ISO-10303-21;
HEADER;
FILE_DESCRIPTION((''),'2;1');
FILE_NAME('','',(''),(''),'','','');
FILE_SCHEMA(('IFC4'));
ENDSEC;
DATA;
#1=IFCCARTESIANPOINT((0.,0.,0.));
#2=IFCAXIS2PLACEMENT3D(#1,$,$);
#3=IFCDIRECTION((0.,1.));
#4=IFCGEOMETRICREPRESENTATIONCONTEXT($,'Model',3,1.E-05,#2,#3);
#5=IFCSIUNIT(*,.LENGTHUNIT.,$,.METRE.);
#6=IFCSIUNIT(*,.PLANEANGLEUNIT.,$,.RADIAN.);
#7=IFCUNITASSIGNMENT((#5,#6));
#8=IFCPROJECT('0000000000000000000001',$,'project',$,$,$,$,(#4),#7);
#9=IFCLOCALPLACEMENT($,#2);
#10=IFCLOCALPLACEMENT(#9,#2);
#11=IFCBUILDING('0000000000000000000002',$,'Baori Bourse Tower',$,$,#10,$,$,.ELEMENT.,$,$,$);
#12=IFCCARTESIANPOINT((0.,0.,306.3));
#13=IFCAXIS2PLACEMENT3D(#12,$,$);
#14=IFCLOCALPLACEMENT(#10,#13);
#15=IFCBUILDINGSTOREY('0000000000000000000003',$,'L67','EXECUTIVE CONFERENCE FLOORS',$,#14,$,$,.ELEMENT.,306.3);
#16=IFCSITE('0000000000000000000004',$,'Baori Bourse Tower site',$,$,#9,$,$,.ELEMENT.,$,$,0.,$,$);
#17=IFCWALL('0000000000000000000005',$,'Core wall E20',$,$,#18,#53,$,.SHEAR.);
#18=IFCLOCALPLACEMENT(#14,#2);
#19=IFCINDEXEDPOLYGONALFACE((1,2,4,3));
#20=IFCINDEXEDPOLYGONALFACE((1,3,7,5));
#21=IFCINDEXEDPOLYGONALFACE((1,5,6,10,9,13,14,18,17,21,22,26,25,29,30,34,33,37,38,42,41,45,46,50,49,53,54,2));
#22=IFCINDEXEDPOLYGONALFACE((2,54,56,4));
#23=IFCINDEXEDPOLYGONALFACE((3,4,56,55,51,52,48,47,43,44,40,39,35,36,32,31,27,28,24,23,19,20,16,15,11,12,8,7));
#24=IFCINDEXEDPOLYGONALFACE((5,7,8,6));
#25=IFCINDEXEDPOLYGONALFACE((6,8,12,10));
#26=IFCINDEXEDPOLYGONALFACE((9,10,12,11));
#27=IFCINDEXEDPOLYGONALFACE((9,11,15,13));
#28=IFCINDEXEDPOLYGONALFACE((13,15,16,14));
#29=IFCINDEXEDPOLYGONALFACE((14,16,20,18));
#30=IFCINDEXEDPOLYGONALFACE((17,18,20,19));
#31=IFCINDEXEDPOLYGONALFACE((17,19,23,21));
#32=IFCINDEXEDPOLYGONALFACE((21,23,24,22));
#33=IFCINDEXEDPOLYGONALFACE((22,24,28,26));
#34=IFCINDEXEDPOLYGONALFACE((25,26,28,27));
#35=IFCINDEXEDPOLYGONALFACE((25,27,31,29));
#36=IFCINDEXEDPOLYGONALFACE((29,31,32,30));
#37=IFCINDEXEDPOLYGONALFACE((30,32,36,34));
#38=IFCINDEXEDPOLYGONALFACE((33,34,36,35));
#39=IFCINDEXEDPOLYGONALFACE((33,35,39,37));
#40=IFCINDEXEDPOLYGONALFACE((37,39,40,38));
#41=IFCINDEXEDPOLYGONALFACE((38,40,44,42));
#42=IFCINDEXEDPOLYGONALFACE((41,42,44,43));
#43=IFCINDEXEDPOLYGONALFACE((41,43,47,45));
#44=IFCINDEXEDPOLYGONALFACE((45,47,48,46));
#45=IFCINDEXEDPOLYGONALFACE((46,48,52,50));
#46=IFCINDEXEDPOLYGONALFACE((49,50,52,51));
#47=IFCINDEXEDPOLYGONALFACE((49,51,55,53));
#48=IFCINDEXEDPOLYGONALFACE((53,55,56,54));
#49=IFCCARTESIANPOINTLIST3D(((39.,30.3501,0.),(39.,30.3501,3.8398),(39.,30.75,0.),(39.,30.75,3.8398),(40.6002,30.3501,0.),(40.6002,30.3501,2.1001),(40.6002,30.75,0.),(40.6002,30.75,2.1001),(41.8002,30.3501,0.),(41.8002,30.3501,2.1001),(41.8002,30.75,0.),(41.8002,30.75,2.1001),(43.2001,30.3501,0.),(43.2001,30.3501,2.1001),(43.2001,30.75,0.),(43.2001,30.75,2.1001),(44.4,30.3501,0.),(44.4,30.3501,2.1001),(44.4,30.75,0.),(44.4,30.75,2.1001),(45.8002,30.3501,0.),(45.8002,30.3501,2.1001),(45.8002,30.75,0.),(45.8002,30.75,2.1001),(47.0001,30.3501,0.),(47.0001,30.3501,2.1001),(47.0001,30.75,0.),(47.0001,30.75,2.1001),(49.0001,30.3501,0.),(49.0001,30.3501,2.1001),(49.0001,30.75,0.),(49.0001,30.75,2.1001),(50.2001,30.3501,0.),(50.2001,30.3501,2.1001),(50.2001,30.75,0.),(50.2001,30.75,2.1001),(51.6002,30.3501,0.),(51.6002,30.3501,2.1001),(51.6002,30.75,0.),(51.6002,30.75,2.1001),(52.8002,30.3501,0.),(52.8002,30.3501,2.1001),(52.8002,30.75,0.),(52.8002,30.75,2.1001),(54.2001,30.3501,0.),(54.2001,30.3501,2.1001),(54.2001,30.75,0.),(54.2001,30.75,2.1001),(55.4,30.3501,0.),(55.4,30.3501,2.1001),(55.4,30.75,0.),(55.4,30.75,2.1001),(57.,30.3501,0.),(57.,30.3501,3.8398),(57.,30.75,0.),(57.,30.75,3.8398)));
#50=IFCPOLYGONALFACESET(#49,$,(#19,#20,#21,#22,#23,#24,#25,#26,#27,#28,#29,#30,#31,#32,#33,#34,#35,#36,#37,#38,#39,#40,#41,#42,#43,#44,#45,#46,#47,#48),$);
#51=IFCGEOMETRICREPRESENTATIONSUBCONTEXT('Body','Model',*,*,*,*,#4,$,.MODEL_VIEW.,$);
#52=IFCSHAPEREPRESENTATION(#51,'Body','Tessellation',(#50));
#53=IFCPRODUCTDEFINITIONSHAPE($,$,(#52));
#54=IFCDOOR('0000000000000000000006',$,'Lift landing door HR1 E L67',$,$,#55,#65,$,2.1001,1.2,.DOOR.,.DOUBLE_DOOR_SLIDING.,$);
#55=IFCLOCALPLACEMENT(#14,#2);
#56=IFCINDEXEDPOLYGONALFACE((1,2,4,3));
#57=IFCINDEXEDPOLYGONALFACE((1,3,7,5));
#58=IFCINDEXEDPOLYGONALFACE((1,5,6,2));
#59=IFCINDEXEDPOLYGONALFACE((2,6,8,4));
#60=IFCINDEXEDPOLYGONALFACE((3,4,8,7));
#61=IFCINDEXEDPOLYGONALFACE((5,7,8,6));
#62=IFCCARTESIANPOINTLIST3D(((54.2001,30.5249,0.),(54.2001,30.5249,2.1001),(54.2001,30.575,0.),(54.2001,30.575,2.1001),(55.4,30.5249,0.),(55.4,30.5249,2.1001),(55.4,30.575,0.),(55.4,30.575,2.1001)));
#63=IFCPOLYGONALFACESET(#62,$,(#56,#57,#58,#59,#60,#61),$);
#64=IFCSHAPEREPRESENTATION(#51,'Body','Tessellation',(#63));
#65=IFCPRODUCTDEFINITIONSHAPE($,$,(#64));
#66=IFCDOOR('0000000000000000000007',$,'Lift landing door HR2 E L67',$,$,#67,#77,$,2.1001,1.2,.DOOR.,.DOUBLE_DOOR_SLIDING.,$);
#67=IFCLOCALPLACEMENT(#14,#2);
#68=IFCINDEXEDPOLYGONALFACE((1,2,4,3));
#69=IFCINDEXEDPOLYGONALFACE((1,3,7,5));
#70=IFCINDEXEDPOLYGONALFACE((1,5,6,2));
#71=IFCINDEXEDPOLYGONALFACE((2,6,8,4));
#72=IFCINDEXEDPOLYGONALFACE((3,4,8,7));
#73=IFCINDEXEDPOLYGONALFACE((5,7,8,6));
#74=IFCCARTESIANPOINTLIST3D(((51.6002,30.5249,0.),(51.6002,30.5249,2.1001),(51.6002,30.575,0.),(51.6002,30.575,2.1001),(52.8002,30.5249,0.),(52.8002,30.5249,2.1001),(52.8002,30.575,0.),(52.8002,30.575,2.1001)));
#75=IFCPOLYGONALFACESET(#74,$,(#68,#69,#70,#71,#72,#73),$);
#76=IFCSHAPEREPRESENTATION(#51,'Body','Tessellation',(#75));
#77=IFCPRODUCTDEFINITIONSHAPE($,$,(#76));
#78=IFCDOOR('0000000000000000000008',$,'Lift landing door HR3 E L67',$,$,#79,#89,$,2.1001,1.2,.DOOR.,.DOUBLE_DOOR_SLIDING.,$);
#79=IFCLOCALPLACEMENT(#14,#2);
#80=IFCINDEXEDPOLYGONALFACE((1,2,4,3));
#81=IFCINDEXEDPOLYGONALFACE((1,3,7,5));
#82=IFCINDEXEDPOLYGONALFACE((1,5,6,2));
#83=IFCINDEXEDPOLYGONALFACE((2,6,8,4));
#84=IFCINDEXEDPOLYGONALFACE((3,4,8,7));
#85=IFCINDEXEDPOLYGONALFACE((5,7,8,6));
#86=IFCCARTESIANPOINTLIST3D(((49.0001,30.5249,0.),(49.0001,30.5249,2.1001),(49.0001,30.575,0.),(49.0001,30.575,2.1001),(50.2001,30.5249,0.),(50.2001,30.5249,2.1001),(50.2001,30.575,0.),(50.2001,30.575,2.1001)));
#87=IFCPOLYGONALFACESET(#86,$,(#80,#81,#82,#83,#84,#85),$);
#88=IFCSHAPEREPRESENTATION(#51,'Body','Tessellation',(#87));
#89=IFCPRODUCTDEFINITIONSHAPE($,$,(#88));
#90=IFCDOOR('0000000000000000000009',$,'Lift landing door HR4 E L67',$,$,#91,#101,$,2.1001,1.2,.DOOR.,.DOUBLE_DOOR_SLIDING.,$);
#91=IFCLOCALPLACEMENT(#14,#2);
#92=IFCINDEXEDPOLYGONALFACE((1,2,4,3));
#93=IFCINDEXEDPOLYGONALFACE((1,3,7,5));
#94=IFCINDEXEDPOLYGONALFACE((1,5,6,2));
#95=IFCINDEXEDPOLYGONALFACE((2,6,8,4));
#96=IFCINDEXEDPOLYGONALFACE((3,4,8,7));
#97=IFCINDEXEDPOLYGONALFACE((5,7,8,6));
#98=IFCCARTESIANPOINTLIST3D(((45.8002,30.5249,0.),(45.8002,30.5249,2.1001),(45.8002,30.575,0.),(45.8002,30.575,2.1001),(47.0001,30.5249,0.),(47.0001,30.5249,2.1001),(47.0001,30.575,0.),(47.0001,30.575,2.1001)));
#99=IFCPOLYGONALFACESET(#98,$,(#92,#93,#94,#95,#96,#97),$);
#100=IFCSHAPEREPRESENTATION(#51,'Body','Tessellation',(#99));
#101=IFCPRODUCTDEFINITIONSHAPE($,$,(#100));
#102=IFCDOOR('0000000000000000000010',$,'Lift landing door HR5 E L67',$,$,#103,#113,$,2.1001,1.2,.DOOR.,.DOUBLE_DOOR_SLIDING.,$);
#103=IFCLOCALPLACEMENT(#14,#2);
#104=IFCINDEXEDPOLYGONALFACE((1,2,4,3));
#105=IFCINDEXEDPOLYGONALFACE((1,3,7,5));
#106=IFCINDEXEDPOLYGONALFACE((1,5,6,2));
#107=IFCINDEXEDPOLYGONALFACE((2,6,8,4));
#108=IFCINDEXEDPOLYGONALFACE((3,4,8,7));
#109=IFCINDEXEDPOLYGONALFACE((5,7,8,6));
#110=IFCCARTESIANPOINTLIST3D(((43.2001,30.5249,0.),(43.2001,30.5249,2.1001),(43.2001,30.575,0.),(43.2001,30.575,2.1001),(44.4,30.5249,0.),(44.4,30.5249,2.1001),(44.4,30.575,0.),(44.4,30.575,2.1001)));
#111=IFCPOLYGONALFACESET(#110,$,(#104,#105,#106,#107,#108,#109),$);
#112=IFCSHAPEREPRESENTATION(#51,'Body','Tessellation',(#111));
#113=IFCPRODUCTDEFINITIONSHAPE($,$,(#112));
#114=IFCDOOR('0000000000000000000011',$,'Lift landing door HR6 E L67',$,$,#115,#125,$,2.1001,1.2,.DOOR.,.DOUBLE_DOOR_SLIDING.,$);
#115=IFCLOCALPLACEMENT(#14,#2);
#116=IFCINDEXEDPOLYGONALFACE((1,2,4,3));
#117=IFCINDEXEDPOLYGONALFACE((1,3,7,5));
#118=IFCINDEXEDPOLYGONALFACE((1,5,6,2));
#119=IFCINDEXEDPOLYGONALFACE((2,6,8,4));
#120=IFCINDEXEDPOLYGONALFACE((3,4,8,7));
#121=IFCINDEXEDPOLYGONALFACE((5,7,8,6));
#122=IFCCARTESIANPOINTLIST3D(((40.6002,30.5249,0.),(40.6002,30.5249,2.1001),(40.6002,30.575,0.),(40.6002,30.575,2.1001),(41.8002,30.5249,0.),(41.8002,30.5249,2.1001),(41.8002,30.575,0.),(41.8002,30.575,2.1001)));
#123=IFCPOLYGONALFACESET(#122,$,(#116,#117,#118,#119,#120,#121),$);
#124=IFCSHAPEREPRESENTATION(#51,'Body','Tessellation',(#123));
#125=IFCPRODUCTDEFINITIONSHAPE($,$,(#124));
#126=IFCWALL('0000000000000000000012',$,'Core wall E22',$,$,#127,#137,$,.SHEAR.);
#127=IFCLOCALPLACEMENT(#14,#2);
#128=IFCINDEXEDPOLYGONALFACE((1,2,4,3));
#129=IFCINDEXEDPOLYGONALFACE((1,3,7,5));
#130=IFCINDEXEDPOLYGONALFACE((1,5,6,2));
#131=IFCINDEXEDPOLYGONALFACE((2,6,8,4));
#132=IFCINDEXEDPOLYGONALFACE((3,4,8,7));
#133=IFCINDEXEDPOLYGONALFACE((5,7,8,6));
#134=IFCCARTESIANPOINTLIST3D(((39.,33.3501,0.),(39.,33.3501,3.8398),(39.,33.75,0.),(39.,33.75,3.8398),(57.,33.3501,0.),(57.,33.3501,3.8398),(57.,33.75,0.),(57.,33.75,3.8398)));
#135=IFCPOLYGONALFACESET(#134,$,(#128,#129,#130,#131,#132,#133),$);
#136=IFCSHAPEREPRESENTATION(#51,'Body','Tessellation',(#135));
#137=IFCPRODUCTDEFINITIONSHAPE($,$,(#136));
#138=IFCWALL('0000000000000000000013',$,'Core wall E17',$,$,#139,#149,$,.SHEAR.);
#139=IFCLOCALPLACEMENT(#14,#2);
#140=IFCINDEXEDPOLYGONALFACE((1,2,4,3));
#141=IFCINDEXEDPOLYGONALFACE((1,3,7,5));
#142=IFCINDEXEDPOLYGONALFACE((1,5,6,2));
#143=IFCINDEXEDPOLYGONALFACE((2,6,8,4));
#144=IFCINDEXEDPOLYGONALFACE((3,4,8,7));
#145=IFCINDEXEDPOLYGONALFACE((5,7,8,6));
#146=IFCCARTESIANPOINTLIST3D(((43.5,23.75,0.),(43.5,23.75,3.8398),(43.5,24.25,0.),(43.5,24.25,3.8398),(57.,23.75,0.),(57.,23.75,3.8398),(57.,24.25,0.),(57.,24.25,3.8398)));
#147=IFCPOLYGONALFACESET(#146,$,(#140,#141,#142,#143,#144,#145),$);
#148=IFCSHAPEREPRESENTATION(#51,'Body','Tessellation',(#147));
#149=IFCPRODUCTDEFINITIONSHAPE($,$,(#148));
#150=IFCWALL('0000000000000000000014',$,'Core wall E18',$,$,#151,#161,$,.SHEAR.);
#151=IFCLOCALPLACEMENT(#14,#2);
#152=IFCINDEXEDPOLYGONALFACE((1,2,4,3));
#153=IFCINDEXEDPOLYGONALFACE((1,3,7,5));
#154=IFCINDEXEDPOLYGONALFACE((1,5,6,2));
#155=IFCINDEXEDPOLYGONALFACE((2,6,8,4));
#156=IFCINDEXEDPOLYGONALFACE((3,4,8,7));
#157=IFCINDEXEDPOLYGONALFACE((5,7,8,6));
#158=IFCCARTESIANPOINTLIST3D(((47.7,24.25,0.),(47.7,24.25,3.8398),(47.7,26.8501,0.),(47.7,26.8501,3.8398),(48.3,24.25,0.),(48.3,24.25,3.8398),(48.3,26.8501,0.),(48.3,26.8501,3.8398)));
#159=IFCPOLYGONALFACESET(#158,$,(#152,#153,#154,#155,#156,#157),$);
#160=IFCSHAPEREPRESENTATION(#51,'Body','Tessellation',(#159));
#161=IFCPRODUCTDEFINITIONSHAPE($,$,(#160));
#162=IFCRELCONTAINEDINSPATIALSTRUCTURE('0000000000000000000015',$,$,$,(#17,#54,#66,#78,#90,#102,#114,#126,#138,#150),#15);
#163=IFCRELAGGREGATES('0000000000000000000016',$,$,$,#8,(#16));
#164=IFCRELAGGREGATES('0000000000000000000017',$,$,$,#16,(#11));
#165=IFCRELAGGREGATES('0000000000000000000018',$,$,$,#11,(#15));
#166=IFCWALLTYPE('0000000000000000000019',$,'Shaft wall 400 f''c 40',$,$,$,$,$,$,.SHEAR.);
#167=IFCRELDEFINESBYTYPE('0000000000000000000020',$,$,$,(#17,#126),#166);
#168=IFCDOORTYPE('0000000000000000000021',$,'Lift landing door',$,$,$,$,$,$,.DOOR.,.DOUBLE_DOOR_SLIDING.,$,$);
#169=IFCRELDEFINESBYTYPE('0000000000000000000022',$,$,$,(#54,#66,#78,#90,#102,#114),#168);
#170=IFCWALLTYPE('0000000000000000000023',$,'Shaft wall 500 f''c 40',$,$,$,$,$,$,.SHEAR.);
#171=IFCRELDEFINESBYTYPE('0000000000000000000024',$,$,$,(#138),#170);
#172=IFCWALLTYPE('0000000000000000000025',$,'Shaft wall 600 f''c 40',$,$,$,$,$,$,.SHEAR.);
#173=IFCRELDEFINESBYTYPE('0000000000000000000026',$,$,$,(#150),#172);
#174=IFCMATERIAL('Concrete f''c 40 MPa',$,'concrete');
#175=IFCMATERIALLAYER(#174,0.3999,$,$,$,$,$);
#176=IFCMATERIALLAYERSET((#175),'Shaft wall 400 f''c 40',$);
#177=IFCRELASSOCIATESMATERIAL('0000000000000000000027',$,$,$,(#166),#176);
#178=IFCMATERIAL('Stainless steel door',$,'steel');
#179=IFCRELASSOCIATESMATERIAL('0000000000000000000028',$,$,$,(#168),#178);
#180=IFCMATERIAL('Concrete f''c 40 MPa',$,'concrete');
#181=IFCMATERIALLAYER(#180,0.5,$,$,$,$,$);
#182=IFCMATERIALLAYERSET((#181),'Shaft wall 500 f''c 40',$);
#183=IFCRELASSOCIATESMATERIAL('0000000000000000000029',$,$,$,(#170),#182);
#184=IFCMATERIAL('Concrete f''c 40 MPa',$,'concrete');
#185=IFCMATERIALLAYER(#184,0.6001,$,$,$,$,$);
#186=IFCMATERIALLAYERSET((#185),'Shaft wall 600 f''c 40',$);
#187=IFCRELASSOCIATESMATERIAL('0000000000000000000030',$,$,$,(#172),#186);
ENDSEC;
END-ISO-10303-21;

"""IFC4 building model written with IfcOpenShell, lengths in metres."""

from ifc_helpers import new_model, si_unit, direction, frame, frame_2d, origin, place, context, subcontext, project, spatial, rectangle, extrude, material, layer, layer_set, type_object, element, fill, save


model = new_model("IFC4")

# Units and contexts
model_context = context("Model", 3, precision=1e-05, world=origin(), true_north=direction((0.0, 1.0)))
body_context = subcontext(model_context, "Body", "Model", "MODEL_VIEW")
ifc_project = project(units=[si_unit("LENGTHUNIT", "METRE"), si_unit("PLANEANGLEUNIT", "RADIAN")], contexts=[model_context])

# Site, building, storey
site_placement = place(None, origin())
site = spatial("IfcSite", under=ifc_project, at=site_placement, Name="Baori Bourse Tower site", CompositionType="ELEMENT", RefElevation=0.0)
building_placement = place(site_placement, origin())
building = spatial("IfcBuilding", under=site, at=building_placement, Name="Baori Bourse Tower", CompositionType="ELEMENT")
storey_placement = place(building_placement, frame((0.0, 0.0, 306.3)))
storey = spatial("IfcBuildingStorey", under=building, at=storey_placement, Name="L67", Description="EXECUTIVE CONFERENCE FLOORS", CompositionType="ELEMENT", Elevation=306.3)

# Shared definitions
ifc_material_1 = material(Name="Concrete f'c 40 MPa", Category="concrete")
ifc_layer_1 = layer(ifc_material_1, 0.3999)
ifc_layer_set_1 = layer_set([ifc_layer_1], Name="Shaft wall 400 f'c 40")
wall_type_1 = type_object("IfcWallType", Name="Shaft wall 400 f'c 40", PredefinedType="SHEAR", material=ifc_layer_set_1)
ifc_material_2 = material(Name="Stainless steel door", Category="steel")
door_type_1 = type_object("IfcDoorType", Name="Lift landing door", OperationType="DOUBLE_DOOR_SLIDING", PredefinedType="DOOR", material=ifc_material_2)

# Wall, openings, doors
wall_1_placement = place(storey_placement, frame((39.0, 30.55, 0.0), z_axis=(0.0, 0.0, 1.0), x_axis=(1.0, 0.0, 0.0)))
wall_1 = element("IfcWall", 1, at=wall_1_placement, inside=storey, type_object=wall_type_1, Name="Core wall E20", PredefinedType="SHEAR", context=body_context, shape_type="SweptSolid", body=[
    extrude(rectangle(XDim=18.0, YDim=0.3999, at=frame_2d((9.0, 0.0))), origin(), (0.0, 0.0, 1.0), 3.8398),
])
opening_1_placement = place(wall_1_placement, frame((15.2, 0.0, 0.0)))
opening_1 = element("IfcOpeningElement", 2, at=opening_1_placement, cuts=wall_1, PredefinedType="OPENING", context=body_context, shape_type="SweptSolid", body=[
    extrude(rectangle(XDim=1.2, YDim=2.1001, at=frame_2d((0.6001, 1.05))), frame((0.0, 0.21, 0.0), z_axis=(0.0, -1.0, 0.0), x_axis=(1.0, 0.0, 0.0)), (0.0, 0.0, 1.0), 0.4199),
])
opening_2_placement = place(wall_1_placement, frame((12.6001, 0.0, 0.0)))
opening_2 = element("IfcOpeningElement", 3, at=opening_2_placement, cuts=wall_1, PredefinedType="OPENING", context=body_context, shape_type="SweptSolid", body=[
    extrude(rectangle(XDim=1.2, YDim=2.1001, at=frame_2d((0.6001, 1.05))), frame((0.0, 0.21, 0.0), z_axis=(0.0, -1.0, 0.0), x_axis=(1.0, 0.0, 0.0)), (0.0, 0.0, 1.0), 0.4199),
])
opening_3_placement = place(wall_1_placement, frame((10.0, 0.0, 0.0)))
opening_3 = element("IfcOpeningElement", 4, at=opening_3_placement, cuts=wall_1, PredefinedType="OPENING", context=body_context, shape_type="SweptSolid", body=[
    extrude(rectangle(XDim=1.2, YDim=2.1001, at=frame_2d((0.6001, 1.05))), frame((0.0, 0.21, 0.0), z_axis=(0.0, -1.0, 0.0), x_axis=(1.0, 0.0, 0.0)), (0.0, 0.0, 1.0), 0.4199),
])
opening_4_placement = place(wall_1_placement, frame((6.8, 0.0, 0.0)))
opening_4 = element("IfcOpeningElement", 5, at=opening_4_placement, cuts=wall_1, PredefinedType="OPENING", context=body_context, shape_type="SweptSolid", body=[
    extrude(rectangle(XDim=1.2, YDim=2.1001, at=frame_2d((0.6001, 1.05))), frame((0.0, 0.21, 0.0), z_axis=(0.0, -1.0, 0.0), x_axis=(1.0, 0.0, 0.0)), (0.0, 0.0, 1.0), 0.4199),
])
opening_5_placement = place(wall_1_placement, frame((4.2, 0.0, 0.0)))
opening_5 = element("IfcOpeningElement", 6, at=opening_5_placement, cuts=wall_1, PredefinedType="OPENING", context=body_context, shape_type="SweptSolid", body=[
    extrude(rectangle(XDim=1.2, YDim=2.1001, at=frame_2d((0.6001, 1.05))), frame((0.0, 0.21, 0.0), z_axis=(0.0, -1.0, 0.0), x_axis=(1.0, 0.0, 0.0)), (0.0, 0.0, 1.0), 0.4199),
])
opening_6_placement = place(wall_1_placement, frame((1.6001, 0.0, 0.0)))
opening_6 = element("IfcOpeningElement", 7, at=opening_6_placement, cuts=wall_1, PredefinedType="OPENING", context=body_context, shape_type="SweptSolid", body=[
    extrude(rectangle(XDim=1.2, YDim=2.1001, at=frame_2d((0.6001, 1.05))), frame((0.0, 0.21, 0.0), z_axis=(0.0, -1.0, 0.0), x_axis=(1.0, 0.0, 0.0)), (0.0, 0.0, 1.0), 0.4199),
])
door_1_placement = place(opening_1_placement, origin())
door_1 = element("IfcDoor", 8, at=door_1_placement, inside=storey, type_object=door_type_1, Name="Lift landing door HR1 E L67", OperationType="DOUBLE_DOOR_SLIDING", OverallHeight=2.1001, OverallWidth=1.2, PredefinedType="DOOR", context=body_context, shape_type="SweptSolid", body=[
    extrude(rectangle(XDim=1.2, YDim=2.1001, at=frame_2d((0.6001, 1.05))), frame((0.0, 0.0249, 0.0), z_axis=(0.0, -1.0, 0.0), x_axis=(1.0, 0.0, 0.0)), (0.0, 0.0, 1.0), 0.05),
])
fill(opening_1, door_1)
door_2_placement = place(opening_2_placement, origin())
door_2 = element("IfcDoor", 9, at=door_2_placement, inside=storey, type_object=door_type_1, Name="Lift landing door HR2 E L67", OperationType="DOUBLE_DOOR_SLIDING", OverallHeight=2.1001, OverallWidth=1.2, PredefinedType="DOOR", context=body_context, shape_type="SweptSolid", body=[
    extrude(rectangle(XDim=1.2, YDim=2.1001, at=frame_2d((0.6001, 1.05))), frame((0.0, 0.0249, 0.0), z_axis=(0.0, -1.0, 0.0), x_axis=(1.0, 0.0, 0.0)), (0.0, 0.0, 1.0), 0.05),
])
fill(opening_2, door_2)
door_3_placement = place(opening_3_placement, origin())
door_3 = element("IfcDoor", 10, at=door_3_placement, inside=storey, type_object=door_type_1, Name="Lift landing door HR3 E L67", OperationType="DOUBLE_DOOR_SLIDING", OverallHeight=2.1001, OverallWidth=1.2, PredefinedType="DOOR", context=body_context, shape_type="SweptSolid", body=[
    extrude(rectangle(XDim=1.2, YDim=2.1001, at=frame_2d((0.6001, 1.05))), frame((0.0, 0.0249, 0.0), z_axis=(0.0, -1.0, 0.0), x_axis=(1.0, 0.0, 0.0)), (0.0, 0.0, 1.0), 0.05),
])
fill(opening_3, door_3)
door_4_placement = place(opening_4_placement, origin())
door_4 = element("IfcDoor", 11, at=door_4_placement, inside=storey, type_object=door_type_1, Name="Lift landing door HR4 E L67", OperationType="DOUBLE_DOOR_SLIDING", OverallHeight=2.1001, OverallWidth=1.2, PredefinedType="DOOR", context=body_context, shape_type="SweptSolid", body=[
    extrude(rectangle(XDim=1.2, YDim=2.1001, at=frame_2d((0.6001, 1.05))), frame((0.0, 0.0249, 0.0), z_axis=(0.0, -1.0, 0.0), x_axis=(1.0, 0.0, 0.0)), (0.0, 0.0, 1.0), 0.05),
])
fill(opening_4, door_4)
door_5_placement = place(opening_5_placement, origin())
door_5 = element("IfcDoor", 12, at=door_5_placement, inside=storey, type_object=door_type_1, Name="Lift landing door HR5 E L67", OperationType="DOUBLE_DOOR_SLIDING", OverallHeight=2.1001, OverallWidth=1.2, PredefinedType="DOOR", context=body_context, shape_type="SweptSolid", body=[
    extrude(rectangle(XDim=1.2, YDim=2.1001, at=frame_2d((0.6001, 1.05))), frame((0.0, 0.0249, 0.0), z_axis=(0.0, -1.0, 0.0), x_axis=(1.0, 0.0, 0.0)), (0.0, 0.0, 1.0), 0.05),
])
fill(opening_5, door_5)
door_6_placement = place(opening_6_placement, origin())
door_6 = element("IfcDoor", 13, at=door_6_placement, inside=storey, type_object=door_type_1, Name="Lift landing door HR6 E L67", OperationType="DOUBLE_DOOR_SLIDING", OverallHeight=2.1001, OverallWidth=1.2, PredefinedType="DOOR", context=body_context, shape_type="SweptSolid", body=[
    extrude(rectangle(XDim=1.2, YDim=2.1001, at=frame_2d((0.6001, 1.05))), frame((0.0, 0.0249, 0.0), z_axis=(0.0, -1.0, 0.0), x_axis=(1.0, 0.0, 0.0)), (0.0, 0.0, 1.0), 0.05),
])
fill(opening_6, door_6)

# Walls
wall_2_placement = place(storey_placement, frame((39.0, 33.55, 0.0), z_axis=(0.0, 0.0, 1.0), x_axis=(1.0, 0.0, 0.0)))
element("IfcWall", 14, at=wall_2_placement, inside=storey, type_object=wall_type_1, Name="Core wall E22", PredefinedType="SHEAR", context=body_context, shape_type="SweptSolid", body=[
    extrude(rectangle(XDim=18.0, YDim=0.3999, at=frame_2d((9.0, 0.0))), origin(), (0.0, 0.0, 1.0), 3.8398),
])
ifc_material_3 = material(Name="Concrete f'c 40 MPa", Category="concrete")
ifc_layer_2 = layer(ifc_material_3, 0.5)
ifc_layer_set_2 = layer_set([ifc_layer_2], Name="Shaft wall 500 f'c 40")
wall_type_2 = type_object("IfcWallType", Name="Shaft wall 500 f'c 40", PredefinedType="SHEAR", material=ifc_layer_set_2)
wall_3_placement = place(storey_placement, frame((43.5, 24.0, 0.0), z_axis=(0.0, 0.0, 1.0), x_axis=(1.0, 0.0, 0.0)))
element("IfcWall", 15, at=wall_3_placement, inside=storey, type_object=wall_type_2, Name="Core wall E17", PredefinedType="SHEAR", context=body_context, shape_type="SweptSolid", body=[
    extrude(rectangle(XDim=13.5, YDim=0.5, at=frame_2d((6.75, 0.0))), origin(), (0.0, 0.0, 1.0), 3.8398),
])
ifc_material_4 = material(Name="Concrete f'c 40 MPa", Category="concrete")
ifc_layer_3 = layer(ifc_material_4, 0.6001)
ifc_layer_set_3 = layer_set([ifc_layer_3], Name="Shaft wall 600 f'c 40")
wall_type_3 = type_object("IfcWallType", Name="Shaft wall 600 f'c 40", PredefinedType="SHEAR", material=ifc_layer_set_3)
for number, where, z_axis, x_axis, name in (
    (16, (48.0, 24.25, 0.0), (0.0, 0.0, 1.0), (0.0, 1.0, 0.0), "Core wall E18"),
):
    element("IfcWall", number, at=place(storey_placement, frame(where, z_axis=z_axis, x_axis=x_axis)), inside=storey, type_object=wall_type_3, Name=name, PredefinedType="SHEAR", context=body_context, shape_type="SweptSolid", body=[
        extrude(rectangle(XDim=2.6001, YDim=0.6001, at=frame_2d((1.3, 0.0))), origin(), (0.0, 0.0, 1.0), 3.8398),
    ])

save(model, "model.ifc")
